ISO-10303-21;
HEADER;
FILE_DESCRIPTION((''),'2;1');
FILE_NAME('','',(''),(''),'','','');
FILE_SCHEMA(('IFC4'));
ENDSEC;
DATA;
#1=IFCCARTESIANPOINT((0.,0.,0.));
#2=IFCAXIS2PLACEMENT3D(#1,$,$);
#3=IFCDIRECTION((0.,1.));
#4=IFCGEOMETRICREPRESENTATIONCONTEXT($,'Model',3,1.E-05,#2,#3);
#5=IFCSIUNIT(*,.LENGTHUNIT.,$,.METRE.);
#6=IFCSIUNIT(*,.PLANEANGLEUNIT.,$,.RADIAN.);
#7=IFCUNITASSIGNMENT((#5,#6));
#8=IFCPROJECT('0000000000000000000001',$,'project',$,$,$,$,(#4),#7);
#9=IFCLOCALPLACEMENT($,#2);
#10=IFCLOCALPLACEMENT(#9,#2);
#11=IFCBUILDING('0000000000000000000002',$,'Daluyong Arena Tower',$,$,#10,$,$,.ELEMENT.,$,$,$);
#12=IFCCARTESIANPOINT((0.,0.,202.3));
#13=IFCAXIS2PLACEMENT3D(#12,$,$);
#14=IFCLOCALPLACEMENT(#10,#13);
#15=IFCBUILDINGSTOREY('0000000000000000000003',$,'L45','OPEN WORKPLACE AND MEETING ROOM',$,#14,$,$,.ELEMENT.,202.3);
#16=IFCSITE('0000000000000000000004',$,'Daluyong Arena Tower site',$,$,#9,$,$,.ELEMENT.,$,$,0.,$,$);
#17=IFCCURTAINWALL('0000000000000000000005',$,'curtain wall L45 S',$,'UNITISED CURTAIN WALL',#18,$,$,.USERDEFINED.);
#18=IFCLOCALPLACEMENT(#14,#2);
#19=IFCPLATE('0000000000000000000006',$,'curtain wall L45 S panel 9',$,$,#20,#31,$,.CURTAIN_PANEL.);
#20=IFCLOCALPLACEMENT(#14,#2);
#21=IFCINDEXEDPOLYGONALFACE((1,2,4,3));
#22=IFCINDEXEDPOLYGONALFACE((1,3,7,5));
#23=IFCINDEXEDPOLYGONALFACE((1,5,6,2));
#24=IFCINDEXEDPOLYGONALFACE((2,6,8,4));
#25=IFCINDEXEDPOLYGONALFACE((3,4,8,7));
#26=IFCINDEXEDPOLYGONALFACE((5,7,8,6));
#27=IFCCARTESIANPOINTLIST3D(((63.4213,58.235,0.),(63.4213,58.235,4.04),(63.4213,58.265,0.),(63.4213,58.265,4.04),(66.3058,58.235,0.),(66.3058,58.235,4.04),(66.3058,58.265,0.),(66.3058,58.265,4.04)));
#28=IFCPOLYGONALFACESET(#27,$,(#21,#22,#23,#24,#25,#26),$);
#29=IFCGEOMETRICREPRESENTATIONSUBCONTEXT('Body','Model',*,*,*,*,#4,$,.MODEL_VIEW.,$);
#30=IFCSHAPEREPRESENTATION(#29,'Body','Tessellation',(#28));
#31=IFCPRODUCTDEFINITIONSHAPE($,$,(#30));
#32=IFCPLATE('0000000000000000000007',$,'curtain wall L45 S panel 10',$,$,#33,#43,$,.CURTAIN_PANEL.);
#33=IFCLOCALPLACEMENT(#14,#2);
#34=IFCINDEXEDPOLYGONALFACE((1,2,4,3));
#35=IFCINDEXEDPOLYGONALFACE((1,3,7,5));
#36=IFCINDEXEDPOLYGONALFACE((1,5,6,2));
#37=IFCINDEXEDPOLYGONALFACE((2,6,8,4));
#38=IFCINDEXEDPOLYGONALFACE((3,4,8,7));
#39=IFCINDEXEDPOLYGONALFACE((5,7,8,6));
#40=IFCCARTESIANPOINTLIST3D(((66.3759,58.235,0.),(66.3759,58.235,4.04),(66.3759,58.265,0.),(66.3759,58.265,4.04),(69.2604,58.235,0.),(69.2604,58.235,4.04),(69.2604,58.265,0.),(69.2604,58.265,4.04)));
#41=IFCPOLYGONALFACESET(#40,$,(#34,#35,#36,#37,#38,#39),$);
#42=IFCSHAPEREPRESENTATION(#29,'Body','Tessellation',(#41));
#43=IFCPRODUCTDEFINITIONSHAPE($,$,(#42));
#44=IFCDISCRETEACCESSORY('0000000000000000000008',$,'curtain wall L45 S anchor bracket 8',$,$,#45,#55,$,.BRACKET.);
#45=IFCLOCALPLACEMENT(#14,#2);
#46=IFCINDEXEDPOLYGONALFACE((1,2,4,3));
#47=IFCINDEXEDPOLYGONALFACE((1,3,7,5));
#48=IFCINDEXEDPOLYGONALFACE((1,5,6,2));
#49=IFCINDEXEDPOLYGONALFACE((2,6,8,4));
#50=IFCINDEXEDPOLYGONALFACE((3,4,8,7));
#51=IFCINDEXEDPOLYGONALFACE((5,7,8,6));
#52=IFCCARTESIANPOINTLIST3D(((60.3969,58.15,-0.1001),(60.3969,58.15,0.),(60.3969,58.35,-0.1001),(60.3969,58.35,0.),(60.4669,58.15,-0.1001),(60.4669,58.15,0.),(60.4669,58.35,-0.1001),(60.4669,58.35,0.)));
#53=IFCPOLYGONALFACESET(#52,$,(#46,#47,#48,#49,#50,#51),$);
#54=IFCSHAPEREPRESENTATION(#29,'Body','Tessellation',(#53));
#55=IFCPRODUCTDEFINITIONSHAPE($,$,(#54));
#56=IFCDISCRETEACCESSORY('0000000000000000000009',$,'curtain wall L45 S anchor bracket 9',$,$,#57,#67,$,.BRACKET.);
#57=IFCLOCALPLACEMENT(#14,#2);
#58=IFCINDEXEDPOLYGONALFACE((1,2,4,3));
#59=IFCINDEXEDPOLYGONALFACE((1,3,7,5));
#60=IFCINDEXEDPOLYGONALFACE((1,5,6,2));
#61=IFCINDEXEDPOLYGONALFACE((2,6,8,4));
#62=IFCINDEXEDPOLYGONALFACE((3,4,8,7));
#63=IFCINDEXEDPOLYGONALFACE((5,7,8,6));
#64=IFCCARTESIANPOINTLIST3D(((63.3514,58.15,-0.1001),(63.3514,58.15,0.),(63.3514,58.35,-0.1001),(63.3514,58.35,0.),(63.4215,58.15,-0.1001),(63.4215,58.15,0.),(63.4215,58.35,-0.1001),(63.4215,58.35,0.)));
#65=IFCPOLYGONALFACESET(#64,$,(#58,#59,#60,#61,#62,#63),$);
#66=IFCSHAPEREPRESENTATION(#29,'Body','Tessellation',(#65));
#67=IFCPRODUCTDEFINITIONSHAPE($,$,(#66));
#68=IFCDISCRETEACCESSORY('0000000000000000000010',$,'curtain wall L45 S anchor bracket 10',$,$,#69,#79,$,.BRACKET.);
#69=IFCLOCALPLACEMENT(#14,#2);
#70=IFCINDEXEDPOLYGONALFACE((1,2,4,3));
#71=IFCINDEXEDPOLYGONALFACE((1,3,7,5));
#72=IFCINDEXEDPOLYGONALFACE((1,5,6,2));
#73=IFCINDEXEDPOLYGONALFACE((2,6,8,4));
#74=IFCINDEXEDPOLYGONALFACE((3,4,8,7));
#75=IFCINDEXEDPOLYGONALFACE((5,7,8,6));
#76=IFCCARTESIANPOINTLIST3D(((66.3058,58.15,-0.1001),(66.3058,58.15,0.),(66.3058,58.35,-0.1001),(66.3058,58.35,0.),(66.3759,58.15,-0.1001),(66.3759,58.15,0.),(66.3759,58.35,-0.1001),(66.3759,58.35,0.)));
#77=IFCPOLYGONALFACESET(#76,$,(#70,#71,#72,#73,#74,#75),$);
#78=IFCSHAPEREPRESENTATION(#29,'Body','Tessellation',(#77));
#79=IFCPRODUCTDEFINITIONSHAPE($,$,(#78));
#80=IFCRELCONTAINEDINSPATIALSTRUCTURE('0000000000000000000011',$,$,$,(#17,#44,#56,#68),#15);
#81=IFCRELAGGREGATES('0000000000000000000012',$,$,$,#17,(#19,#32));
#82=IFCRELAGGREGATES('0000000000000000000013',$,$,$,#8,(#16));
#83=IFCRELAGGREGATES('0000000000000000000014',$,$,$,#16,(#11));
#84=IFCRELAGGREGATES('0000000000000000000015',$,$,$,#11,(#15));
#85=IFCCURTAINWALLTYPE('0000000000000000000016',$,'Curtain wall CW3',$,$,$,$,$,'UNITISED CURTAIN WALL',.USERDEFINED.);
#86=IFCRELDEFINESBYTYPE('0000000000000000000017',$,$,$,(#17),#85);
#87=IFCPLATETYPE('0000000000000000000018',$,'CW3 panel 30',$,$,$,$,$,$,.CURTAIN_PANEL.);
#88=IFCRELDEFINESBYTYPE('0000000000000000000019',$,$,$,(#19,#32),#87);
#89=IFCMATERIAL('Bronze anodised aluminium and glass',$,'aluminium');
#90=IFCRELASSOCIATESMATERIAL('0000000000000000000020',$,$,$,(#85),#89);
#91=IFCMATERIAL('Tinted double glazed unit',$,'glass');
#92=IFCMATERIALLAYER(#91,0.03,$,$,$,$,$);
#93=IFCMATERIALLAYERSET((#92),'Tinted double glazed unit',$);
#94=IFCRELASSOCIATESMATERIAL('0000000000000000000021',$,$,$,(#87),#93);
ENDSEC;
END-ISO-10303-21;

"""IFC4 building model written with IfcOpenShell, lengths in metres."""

from ifc_helpers import new_model, si_unit, direction, frame, origin, origin_2d, place, context, subcontext, project, spatial, rectangle, extrude, material, layer, layer_set, type_object, element, aggregate, save


model = new_model("IFC4")

# Units and contexts
model_context = context("Model", 3, precision=1e-05, world=origin(), true_north=direction((0.0, 1.0)))
body_context = subcontext(model_context, "Body", "Model", "MODEL_VIEW")
ifc_project = project(units=[si_unit("LENGTHUNIT", "METRE"), si_unit("PLANEANGLEUNIT", "RADIAN")], contexts=[model_context])

# Site, building, storey
site_placement = place(None, origin())
site = spatial("IfcSite", under=ifc_project, at=site_placement, Name="Daluyong Arena Tower site", CompositionType="ELEMENT", RefElevation=0.0)
building_placement = place(site_placement, origin())
building = spatial("IfcBuilding", under=site, at=building_placement, Name="Daluyong Arena Tower", CompositionType="ELEMENT")
storey_placement = place(building_placement, frame((0.0, 0.0, 202.3)))
storey = spatial("IfcBuildingStorey", under=building, at=storey_placement, Name="L45", Description="OPEN WORKPLACE AND MEETING ROOM", CompositionType="ELEMENT", Elevation=202.3)

# Curtain wall
ifc_material_1 = material(Name="Bronze anodised aluminium and glass", Category="aluminium")
curtain_wall_type = type_object("IfcCurtainWallType", Name="Curtain wall CW3", ElementType="UNITISED CURTAIN WALL", PredefinedType="USERDEFINED", material=ifc_material_1)
curtain_wall_placement = place(storey_placement, origin())
curtain_wall = element("IfcCurtainWall", 1, at=curtain_wall_placement, inside=storey, type_object=curtain_wall_type, Name="curtain wall L45 S", ObjectType="UNITISED CURTAIN WALL", PredefinedType="USERDEFINED")

# Plates
ifc_material_2 = material(Name="Tinted double glazed unit", Category="glass")
ifc_layer = layer(ifc_material_2, 0.03)
ifc_layer_set = layer_set([ifc_layer], Name="Tinted double glazed unit")
plate_type = type_object("IfcPlateType", Name="CW3 panel 30", PredefinedType="CURTAIN_PANEL", material=ifc_layer_set)
plate_1_placement = place(storey_placement, frame((64.8635, 58.25, 0.0), z_axis=(0.0, 0.0, 1.0), x_axis=(1.0, 0.0, 0.0)))
plate_1 = element("IfcPlate", 2, at=plate_1_placement, type_object=plate_type, Name="curtain wall L45 S panel 9", PredefinedType="CURTAIN_PANEL", context=body_context, shape_type="SweptSolid", body=[
    extrude(rectangle(XDim=2.8845, YDim=0.03, at=origin_2d()), origin(), (0.0, 0.0, 1.0), 4.04),
])
plate_2_placement = place(storey_placement, frame((67.8181, 58.25, 0.0), z_axis=(0.0, 0.0, 1.0), x_axis=(1.0, 0.0, 0.0)))
plate_2 = element("IfcPlate", 3, at=plate_2_placement, type_object=plate_type, Name="curtain wall L45 S panel 10", PredefinedType="CURTAIN_PANEL", context=body_context, shape_type="SweptSolid", body=[
    extrude(rectangle(XDim=2.8845, YDim=0.03, at=origin_2d()), origin(), (0.0, 0.0, 1.0), 4.04),
])
aggregate(curtain_wall, [plate_1, plate_2])

# Discrete accessories
for number, where, z_axis, x_axis, name in (
    (4, (60.4319, 58.25, -0.1001), (0.0, 0.0, 1.0), (1.0, 0.0, 0.0), "curtain wall L45 S anchor bracket 8"),
    (5, (63.3865, 58.25, -0.1001), (0.0, 0.0, 1.0), (1.0, 0.0, 0.0), "curtain wall L45 S anchor bracket 9"),
    (6, (66.3408, 58.25, -0.1001), (0.0, 0.0, 1.0), (1.0, 0.0, 0.0), "curtain wall L45 S anchor bracket 10"),
):
    element("IfcDiscreteAccessory", number, at=place(storey_placement, frame(where, z_axis=z_axis, x_axis=x_axis)), inside=storey, Name=name, PredefinedType="BRACKET", context=body_context, shape_type="SweptSolid", body=[
        extrude(rectangle(XDim=0.0701, YDim=0.2, at=origin_2d()), origin(), (0.0, 0.0, 1.0), 0.1001),
    ])

save(model, "model.ifc")
